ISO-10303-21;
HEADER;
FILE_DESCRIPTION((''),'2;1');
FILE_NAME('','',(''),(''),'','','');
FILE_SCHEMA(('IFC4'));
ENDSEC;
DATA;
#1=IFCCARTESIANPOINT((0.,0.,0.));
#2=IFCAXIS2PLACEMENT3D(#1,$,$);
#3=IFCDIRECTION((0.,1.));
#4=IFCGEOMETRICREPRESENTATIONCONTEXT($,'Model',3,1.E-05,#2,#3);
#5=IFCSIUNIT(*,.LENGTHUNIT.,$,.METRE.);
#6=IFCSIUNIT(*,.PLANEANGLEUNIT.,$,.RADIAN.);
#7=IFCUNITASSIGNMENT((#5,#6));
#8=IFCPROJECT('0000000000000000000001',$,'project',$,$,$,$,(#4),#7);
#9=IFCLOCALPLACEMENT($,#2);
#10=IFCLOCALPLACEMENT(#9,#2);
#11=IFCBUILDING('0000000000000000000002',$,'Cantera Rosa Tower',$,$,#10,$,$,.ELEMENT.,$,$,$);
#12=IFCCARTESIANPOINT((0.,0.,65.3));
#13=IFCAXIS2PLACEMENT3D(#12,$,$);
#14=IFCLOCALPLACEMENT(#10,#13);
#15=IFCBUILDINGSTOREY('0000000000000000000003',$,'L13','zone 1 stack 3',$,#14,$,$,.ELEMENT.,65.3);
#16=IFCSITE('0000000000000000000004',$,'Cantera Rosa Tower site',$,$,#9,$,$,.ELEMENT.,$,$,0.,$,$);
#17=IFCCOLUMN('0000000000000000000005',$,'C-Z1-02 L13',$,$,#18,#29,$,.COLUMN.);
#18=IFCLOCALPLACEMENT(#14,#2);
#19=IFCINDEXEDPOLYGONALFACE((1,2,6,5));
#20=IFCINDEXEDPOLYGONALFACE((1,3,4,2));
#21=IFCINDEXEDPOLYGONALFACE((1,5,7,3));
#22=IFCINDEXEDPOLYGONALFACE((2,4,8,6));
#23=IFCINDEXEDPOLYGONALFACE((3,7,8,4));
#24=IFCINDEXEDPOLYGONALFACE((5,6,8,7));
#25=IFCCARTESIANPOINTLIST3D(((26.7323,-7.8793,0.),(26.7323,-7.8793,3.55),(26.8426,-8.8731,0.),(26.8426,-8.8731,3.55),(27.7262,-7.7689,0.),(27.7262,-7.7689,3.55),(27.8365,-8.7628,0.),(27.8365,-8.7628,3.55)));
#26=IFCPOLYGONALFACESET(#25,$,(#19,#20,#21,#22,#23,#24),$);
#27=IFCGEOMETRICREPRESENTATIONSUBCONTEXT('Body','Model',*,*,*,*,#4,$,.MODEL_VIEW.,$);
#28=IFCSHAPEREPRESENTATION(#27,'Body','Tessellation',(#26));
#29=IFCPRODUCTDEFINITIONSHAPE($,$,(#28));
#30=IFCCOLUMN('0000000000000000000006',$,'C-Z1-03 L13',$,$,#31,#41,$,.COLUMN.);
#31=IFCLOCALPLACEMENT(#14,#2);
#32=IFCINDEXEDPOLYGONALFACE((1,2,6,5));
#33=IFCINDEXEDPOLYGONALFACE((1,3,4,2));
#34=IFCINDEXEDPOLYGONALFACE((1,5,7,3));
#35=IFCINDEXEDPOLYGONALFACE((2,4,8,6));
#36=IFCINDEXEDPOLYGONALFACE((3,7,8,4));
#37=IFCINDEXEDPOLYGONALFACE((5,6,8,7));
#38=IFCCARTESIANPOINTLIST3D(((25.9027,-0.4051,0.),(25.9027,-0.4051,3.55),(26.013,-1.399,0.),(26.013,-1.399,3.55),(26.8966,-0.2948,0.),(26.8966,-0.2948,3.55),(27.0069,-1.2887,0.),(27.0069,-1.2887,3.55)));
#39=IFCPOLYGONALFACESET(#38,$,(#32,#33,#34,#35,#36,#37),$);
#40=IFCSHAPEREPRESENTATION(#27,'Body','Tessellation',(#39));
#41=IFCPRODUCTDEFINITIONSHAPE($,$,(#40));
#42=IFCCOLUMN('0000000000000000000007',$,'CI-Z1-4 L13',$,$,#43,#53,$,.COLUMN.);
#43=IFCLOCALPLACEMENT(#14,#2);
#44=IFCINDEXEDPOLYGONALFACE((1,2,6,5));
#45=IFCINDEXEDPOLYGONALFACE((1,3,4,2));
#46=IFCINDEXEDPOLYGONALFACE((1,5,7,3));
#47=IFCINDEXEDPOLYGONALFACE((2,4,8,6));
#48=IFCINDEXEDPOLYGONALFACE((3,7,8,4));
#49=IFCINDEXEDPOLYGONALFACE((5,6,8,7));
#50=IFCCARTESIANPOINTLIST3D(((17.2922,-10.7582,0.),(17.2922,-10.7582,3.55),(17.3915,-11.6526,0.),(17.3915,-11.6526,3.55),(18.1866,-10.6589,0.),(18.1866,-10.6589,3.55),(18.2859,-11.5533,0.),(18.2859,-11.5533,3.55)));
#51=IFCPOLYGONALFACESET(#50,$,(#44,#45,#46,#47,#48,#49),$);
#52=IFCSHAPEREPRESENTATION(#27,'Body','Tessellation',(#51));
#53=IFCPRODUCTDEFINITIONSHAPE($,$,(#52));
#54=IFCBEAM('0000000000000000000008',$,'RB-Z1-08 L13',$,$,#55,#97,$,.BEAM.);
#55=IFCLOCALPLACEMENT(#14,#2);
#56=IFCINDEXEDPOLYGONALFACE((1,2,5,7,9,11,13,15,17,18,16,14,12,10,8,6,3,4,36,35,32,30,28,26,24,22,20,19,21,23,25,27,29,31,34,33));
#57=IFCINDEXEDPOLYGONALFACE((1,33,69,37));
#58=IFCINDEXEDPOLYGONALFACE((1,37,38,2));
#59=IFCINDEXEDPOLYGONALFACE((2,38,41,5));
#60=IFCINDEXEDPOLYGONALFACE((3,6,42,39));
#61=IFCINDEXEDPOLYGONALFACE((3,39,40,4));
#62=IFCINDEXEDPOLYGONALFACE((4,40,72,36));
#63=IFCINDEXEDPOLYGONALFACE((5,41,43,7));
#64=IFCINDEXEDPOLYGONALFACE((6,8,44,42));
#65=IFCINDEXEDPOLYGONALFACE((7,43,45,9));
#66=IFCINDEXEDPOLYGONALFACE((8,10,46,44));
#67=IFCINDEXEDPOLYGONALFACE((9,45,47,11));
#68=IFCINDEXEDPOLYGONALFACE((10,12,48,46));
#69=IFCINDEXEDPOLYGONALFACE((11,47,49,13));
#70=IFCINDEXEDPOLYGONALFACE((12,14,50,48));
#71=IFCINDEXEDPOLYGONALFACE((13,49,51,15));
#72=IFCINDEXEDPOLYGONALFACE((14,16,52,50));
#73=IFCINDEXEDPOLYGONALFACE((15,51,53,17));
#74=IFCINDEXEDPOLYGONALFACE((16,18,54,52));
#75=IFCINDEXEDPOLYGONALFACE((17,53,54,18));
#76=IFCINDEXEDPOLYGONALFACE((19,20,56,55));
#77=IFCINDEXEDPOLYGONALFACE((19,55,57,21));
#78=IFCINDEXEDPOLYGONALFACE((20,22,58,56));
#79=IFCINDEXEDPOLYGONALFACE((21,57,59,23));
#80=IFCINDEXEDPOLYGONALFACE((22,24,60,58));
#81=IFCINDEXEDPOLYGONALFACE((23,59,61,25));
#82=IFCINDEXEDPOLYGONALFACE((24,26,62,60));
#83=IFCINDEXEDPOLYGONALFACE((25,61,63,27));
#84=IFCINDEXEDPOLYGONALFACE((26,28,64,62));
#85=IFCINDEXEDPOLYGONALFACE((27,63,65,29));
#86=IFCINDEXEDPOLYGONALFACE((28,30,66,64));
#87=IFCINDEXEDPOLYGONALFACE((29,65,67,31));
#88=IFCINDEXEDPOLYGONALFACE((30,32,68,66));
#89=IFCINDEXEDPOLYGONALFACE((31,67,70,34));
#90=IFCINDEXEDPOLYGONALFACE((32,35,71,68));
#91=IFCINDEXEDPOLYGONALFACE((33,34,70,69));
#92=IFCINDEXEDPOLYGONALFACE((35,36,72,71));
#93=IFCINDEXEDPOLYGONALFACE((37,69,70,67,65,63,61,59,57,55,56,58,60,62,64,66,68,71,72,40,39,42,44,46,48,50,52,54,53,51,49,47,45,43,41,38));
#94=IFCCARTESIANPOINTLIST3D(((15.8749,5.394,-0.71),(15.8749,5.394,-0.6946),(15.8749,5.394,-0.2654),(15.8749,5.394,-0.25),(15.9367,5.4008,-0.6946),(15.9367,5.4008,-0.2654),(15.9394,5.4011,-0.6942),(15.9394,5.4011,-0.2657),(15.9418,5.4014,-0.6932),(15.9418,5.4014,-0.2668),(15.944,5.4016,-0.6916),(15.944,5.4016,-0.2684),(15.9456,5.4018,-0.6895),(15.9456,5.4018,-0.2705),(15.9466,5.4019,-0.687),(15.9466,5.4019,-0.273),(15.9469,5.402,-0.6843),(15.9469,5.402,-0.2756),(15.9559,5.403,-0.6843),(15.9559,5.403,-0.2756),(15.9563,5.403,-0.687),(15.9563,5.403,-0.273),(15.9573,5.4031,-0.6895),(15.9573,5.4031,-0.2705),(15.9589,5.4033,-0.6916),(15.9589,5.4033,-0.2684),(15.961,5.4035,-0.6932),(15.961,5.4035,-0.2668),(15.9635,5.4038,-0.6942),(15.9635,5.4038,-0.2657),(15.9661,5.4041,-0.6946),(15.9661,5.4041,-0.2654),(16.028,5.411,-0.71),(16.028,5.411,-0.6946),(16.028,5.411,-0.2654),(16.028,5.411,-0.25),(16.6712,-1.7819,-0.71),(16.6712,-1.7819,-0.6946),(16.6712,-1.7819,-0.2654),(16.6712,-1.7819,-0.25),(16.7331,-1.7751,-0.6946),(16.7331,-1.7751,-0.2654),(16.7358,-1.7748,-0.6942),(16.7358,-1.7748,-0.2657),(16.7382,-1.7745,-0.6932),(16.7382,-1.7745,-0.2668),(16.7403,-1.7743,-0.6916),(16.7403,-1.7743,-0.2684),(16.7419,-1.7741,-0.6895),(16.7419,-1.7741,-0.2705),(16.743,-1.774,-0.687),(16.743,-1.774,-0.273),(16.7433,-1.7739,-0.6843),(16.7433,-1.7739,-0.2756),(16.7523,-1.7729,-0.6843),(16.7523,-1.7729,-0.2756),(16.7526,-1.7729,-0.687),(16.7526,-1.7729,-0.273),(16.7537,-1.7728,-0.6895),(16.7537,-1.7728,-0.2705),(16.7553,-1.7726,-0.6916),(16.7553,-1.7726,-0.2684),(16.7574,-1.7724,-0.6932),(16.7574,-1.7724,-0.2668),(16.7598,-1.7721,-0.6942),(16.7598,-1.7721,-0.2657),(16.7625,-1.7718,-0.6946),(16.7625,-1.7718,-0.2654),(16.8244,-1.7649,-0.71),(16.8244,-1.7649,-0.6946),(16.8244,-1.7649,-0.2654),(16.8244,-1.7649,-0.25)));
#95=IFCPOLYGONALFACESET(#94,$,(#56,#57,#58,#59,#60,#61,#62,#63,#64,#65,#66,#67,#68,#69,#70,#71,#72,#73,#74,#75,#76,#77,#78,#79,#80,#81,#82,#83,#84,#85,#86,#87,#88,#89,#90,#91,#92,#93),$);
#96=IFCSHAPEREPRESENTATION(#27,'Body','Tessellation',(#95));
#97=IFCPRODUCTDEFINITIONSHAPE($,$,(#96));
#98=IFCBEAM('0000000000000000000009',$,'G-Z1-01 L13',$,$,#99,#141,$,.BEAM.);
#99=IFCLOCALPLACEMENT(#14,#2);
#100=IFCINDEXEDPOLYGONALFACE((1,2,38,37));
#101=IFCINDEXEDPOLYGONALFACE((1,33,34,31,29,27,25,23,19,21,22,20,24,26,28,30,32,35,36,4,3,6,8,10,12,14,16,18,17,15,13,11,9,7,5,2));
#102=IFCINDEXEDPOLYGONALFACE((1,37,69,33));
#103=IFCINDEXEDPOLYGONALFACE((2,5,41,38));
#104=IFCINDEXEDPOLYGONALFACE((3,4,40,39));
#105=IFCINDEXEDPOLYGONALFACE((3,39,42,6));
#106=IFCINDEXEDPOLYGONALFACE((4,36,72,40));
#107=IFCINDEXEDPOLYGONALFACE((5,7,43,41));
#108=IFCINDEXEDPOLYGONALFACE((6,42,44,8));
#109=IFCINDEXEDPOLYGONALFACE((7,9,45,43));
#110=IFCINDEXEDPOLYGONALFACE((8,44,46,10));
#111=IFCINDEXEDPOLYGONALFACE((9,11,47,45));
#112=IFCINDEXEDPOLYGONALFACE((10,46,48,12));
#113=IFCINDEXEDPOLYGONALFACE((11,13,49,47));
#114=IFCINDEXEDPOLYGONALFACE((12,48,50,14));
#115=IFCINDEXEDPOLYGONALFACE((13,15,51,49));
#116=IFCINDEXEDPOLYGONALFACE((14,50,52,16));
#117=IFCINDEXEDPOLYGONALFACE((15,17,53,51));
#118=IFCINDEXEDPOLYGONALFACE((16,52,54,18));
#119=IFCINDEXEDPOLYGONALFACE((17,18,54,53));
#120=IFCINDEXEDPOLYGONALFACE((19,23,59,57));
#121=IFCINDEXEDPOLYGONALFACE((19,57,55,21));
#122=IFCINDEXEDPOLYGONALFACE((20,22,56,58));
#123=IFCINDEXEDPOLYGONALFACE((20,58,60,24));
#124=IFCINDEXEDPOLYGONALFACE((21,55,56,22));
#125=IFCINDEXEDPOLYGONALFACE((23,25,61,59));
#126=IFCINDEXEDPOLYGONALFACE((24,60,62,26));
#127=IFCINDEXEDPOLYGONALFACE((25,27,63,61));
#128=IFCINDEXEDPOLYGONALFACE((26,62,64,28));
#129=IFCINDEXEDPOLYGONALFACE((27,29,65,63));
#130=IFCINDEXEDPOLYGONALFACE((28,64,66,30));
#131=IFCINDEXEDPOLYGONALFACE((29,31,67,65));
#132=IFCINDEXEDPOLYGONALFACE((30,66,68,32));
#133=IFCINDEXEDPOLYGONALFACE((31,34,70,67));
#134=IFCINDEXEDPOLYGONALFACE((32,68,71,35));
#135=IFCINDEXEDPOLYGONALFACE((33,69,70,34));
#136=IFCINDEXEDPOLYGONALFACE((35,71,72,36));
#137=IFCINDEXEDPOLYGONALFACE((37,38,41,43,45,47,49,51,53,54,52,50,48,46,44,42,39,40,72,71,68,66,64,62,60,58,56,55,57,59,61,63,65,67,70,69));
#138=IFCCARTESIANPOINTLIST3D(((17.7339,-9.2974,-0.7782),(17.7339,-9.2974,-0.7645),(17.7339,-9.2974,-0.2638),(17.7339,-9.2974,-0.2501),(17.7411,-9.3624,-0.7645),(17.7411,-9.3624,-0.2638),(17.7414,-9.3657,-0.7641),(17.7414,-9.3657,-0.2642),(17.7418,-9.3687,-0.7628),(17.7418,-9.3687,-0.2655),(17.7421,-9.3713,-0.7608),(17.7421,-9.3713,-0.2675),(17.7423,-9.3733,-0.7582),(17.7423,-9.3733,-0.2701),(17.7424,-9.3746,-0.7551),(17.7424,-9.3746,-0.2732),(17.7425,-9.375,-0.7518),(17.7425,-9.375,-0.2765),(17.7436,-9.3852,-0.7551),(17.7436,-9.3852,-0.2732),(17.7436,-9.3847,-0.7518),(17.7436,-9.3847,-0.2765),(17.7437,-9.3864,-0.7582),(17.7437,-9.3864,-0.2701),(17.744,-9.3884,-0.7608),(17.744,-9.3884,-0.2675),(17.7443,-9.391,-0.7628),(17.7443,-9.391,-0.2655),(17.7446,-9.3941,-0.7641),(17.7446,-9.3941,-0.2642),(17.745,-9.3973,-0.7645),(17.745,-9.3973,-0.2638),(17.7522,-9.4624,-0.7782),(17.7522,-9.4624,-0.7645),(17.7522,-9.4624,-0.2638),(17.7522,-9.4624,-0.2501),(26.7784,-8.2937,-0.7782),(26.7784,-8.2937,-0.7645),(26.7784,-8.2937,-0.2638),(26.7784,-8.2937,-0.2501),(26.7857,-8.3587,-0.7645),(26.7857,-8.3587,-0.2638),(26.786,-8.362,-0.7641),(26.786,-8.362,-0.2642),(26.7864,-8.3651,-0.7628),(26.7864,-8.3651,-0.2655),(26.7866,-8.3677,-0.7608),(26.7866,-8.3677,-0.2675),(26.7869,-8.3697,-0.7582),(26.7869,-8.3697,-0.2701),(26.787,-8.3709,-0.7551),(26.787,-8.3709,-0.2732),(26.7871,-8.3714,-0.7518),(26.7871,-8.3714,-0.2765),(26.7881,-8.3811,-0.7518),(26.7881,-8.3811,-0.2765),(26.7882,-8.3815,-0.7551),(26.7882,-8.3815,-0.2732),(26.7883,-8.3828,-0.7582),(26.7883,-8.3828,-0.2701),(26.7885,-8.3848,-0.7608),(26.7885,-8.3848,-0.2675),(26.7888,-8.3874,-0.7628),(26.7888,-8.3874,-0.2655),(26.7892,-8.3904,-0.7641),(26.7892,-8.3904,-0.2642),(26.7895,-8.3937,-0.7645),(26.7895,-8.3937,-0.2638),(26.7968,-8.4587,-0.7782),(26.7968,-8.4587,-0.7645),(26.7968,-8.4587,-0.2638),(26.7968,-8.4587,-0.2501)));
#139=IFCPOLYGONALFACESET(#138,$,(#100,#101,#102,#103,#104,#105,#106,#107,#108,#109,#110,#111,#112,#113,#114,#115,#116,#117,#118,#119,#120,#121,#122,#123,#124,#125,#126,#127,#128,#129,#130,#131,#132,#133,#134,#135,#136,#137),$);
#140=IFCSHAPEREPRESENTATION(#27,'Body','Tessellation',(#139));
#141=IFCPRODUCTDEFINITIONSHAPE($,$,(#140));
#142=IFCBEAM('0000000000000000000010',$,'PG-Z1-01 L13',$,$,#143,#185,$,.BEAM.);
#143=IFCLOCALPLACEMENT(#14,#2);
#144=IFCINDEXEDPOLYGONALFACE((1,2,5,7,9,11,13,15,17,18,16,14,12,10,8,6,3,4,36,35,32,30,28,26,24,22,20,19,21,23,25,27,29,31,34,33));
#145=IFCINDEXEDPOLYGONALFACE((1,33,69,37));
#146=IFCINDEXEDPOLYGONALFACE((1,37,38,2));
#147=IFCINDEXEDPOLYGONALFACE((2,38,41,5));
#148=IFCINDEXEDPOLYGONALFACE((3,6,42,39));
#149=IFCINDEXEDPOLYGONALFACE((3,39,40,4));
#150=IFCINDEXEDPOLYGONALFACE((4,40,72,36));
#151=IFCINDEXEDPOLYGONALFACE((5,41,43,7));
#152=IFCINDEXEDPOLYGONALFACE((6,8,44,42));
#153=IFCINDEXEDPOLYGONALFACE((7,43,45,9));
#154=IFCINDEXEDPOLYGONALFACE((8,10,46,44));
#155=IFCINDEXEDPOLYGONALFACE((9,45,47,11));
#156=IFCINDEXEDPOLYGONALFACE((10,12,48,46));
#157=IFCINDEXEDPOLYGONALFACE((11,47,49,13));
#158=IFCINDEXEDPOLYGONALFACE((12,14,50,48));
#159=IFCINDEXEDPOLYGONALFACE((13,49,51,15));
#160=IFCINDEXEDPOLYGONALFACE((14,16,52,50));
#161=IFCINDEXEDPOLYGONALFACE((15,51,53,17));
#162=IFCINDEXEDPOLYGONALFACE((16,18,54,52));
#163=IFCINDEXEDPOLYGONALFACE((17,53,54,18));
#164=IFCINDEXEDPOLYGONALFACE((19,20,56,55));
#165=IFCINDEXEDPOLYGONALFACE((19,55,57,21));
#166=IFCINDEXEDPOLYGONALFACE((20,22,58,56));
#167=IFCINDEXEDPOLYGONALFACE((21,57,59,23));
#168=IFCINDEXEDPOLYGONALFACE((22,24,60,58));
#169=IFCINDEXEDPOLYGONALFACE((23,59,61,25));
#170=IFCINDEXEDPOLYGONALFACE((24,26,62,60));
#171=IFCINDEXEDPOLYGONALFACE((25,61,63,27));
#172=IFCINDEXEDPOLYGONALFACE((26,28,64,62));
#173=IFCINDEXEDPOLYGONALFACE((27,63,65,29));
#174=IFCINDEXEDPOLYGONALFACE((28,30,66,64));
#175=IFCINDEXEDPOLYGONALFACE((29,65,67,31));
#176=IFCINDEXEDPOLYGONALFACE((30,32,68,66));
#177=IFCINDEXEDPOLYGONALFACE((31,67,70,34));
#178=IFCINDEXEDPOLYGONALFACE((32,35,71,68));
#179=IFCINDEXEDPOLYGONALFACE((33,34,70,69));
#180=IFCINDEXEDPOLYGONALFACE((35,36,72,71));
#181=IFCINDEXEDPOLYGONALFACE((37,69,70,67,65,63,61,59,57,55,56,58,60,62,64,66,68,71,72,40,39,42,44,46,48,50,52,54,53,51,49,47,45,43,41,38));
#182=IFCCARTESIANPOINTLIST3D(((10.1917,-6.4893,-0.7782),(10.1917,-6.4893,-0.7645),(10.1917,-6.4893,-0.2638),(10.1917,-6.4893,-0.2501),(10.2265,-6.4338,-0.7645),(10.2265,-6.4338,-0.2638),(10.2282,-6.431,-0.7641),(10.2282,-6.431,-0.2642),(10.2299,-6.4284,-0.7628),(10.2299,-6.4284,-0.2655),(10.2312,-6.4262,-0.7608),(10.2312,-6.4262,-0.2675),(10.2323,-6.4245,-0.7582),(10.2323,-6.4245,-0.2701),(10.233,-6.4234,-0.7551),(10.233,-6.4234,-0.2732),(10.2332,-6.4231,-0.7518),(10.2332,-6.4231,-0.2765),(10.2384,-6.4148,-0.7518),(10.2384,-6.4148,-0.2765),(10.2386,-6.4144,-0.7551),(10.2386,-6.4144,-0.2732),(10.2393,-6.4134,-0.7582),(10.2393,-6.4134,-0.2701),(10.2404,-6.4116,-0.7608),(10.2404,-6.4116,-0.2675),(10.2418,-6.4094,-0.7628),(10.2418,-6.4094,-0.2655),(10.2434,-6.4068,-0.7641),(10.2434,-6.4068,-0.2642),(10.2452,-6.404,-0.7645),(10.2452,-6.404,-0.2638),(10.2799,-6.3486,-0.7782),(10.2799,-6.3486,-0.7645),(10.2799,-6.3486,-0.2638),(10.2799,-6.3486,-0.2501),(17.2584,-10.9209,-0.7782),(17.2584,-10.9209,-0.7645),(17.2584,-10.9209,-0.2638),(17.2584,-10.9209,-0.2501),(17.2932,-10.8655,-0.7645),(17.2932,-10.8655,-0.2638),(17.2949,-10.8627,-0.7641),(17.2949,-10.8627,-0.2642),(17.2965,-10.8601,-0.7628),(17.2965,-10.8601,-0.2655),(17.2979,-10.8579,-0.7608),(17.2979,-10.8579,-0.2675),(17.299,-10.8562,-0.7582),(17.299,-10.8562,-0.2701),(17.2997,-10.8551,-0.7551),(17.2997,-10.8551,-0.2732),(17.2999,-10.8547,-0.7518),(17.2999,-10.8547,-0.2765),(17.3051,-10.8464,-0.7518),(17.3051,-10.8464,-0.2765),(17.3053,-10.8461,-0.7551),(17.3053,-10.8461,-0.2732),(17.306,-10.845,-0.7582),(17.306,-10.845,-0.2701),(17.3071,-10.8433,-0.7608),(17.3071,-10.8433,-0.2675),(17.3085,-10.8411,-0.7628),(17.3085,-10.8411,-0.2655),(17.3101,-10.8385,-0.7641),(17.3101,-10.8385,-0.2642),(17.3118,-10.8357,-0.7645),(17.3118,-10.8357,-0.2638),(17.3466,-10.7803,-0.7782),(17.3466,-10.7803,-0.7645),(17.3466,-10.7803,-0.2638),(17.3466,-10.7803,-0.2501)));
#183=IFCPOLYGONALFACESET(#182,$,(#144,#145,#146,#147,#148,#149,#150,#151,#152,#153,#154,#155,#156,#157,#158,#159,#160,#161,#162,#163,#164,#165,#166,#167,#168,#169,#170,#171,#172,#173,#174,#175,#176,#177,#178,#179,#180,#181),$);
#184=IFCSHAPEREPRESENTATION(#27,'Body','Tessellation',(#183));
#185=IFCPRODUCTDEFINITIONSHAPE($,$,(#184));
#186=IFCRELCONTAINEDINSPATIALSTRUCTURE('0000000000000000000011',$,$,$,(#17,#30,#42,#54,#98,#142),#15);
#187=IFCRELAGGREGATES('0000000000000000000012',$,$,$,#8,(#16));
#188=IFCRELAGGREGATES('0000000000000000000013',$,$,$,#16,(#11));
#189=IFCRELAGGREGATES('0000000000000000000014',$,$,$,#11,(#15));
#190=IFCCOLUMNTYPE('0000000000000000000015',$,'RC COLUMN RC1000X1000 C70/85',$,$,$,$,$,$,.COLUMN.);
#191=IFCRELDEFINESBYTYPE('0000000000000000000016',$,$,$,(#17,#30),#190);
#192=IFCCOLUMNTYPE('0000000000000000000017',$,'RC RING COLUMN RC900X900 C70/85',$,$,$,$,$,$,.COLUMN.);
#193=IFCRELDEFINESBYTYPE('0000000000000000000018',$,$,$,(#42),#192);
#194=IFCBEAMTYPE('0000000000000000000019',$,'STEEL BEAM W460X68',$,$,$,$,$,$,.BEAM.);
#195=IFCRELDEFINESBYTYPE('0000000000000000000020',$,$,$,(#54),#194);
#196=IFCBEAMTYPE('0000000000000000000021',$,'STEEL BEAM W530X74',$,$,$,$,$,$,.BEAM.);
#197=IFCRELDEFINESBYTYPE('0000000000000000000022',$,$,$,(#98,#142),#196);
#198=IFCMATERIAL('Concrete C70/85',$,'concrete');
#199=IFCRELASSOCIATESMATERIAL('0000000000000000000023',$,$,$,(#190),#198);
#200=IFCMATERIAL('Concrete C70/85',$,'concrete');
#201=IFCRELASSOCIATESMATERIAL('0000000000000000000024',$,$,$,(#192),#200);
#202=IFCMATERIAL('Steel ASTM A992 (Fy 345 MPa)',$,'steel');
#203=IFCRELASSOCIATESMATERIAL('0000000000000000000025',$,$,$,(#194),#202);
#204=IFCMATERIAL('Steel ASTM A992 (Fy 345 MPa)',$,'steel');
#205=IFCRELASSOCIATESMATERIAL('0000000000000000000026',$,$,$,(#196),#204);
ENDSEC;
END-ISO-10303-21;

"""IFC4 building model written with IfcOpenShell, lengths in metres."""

from ifc_helpers import new_model, si_unit, direction, frame, origin, origin_2d, place, context, subcontext, project, spatial, rectangle, i_section, extrude, material, material_profile, profile_set, type_object, element, save


model = new_model("IFC4")

# Units and contexts
model_context = context("Model", 3, precision=1e-05, world=origin(), true_north=direction((0.0, 1.0)))
body_context = subcontext(model_context, "Body", "Model", "MODEL_VIEW")
ifc_project = project(units=[si_unit("LENGTHUNIT", "METRE"), si_unit("PLANEANGLEUNIT", "RADIAN")], contexts=[model_context])

# Site, building, storey
site_placement = place(None, origin())
site = spatial("IfcSite", under=ifc_project, at=site_placement, Name="Cantera Rosa Tower site", CompositionType="ELEMENT", RefElevation=0.0)
building_placement = place(site_placement, origin())
building = spatial("IfcBuilding", under=site, at=building_placement, Name="Cantera Rosa Tower", CompositionType="ELEMENT")
storey_placement = place(building_placement, frame((0.0, 0.0, 65.3)))
storey = spatial("IfcBuildingStorey", under=building, at=storey_placement, Name="L13", Description="zone 1 stack 3", CompositionType="ELEMENT", Elevation=65.3)

# Columns
ifc_material_1 = material(Name="Concrete C70/85", Category="concrete")
ifc_material_profile_1 = material_profile(ifc_material_1, rectangle(XDim=1.0, YDim=1.0, at=origin_2d()), Name="RC COLUMN RC1000X1000 C70/85")
ifc_profile_set_1 = profile_set([ifc_material_profile_1], Name="Concrete C70/85")
column_type_1 = type_object("IfcColumnType", Name="RC COLUMN RC1000X1000 C70/85", PredefinedType="COLUMN", material=ifc_profile_set_1)
for number, where, z_axis, x_axis, name in (
    (1, (27.2844, -8.321, 0.0), (0.0, 0.0, 1.0), (0.993897, 0.110313, 0.0), "C-Z1-02 L13"),
    (2, (26.4548, -0.8469, 0.0), (0.0, 0.0, 1.0), (0.993897, 0.110313, 0.0), "C-Z1-03 L13"),
):
    element("IfcColumn", number, at=place(storey_placement, frame(where, z_axis=z_axis, x_axis=x_axis)), inside=storey, type_object=column_type_1, Name=name, PredefinedType="COLUMN", context=body_context, shape_type="SweptSolid", body=[
        extrude(rectangle(XDim=1.0, YDim=1.0, at=origin_2d()), origin(), (0.0, 0.0, 1.0), 3.55),
    ])
ifc_material_2 = material(Name="Concrete C70/85", Category="concrete")
ifc_material_profile_2 = material_profile(ifc_material_2, rectangle(XDim=0.8999, YDim=0.8999, at=origin_2d()), Name="RC RING COLUMN RC900X900 C70/85")
ifc_profile_set_2 = profile_set([ifc_material_profile_2], Name="Concrete C70/85")
column_type_2 = type_object("IfcColumnType", Name="RC RING COLUMN RC900X900 C70/85", PredefinedType="COLUMN", material=ifc_profile_set_2)
column_placement = place(storey_placement, frame((17.7891, -11.1558, 0.0), z_axis=(0.0, 0.0, 1.0), x_axis=(0.993897, 0.110313, 0.0)))
element("IfcColumn", 3, at=column_placement, inside=storey, type_object=column_type_2, Name="CI-Z1-4 L13", PredefinedType="COLUMN", context=body_context, shape_type="SweptSolid", body=[
    extrude(rectangle(XDim=0.8999, YDim=0.8999, at=origin_2d()), origin(), (0.0, 0.0, 1.0), 3.55),
])

# Beams
ifc_material_3 = material(Name="Steel ASTM A992 (Fy 345 MPa)", Category="steel")
ifc_material_profile_3 = material_profile(ifc_material_3, i_section(OverallWidth=0.1541, OverallDepth=0.46, WebThickness=0.009, FlangeThickness=0.0154, FilletRadius=0.0103, at=origin_2d()), Name="W460X68")
ifc_profile_set_3 = profile_set([ifc_material_profile_3], Name="Steel ASTM A992 (Fy 345 MPa)")
beam_type_1 = type_object("IfcBeamType", Name="STEEL BEAM W460X68", PredefinedType="BEAM", material=ifc_profile_set_3)
beam_1_placement = place(storey_placement, frame((16.7478, -1.7734, -0.48), z_axis=(-0.110302, 0.993898, 0.0), x_axis=(-0.993898, -0.110302, 0.0)))
element("IfcBeam", 4, at=beam_1_placement, inside=storey, type_object=beam_type_1, Name="RB-Z1-08 L13", PredefinedType="BEAM", context=body_context, shape_type="SweptSolid", body=[
    extrude(i_section(OverallWidth=0.1541, OverallDepth=0.46, WebThickness=0.009, FlangeThickness=0.0154, FilletRadius=0.0103, at=origin_2d()), origin(), (0.0, 0.0, 1.0), 7.22),
])
ifc_material_4 = material(Name="Steel ASTM A992 (Fy 345 MPa)", Category="steel")
ifc_material_profile_4 = material_profile(ifc_material_4, i_section(OverallWidth=0.166, OverallDepth=0.5281, WebThickness=0.0098, FlangeThickness=0.0137, FilletRadius=0.0127, at=origin_2d()), Name="W530X74")
ifc_profile_set_4 = profile_set([ifc_material_profile_4], Name="Steel ASTM A992 (Fy 345 MPa)")
beam_type_2 = type_object("IfcBeamType", Name="STEEL BEAM W530X74", PredefinedType="BEAM", material=ifc_profile_set_4)
beam_2_placement = place(storey_placement, frame((26.7876, -8.3762, -0.5142), z_axis=(-0.993899, -0.11029, 0.0), x_axis=(0.11029, -0.993899, 0.0)))
element("IfcBeam", 5, at=beam_2_placement, inside=storey, type_object=beam_type_2, Name="G-Z1-01 L13", PredefinedType="BEAM", context=body_context, shape_type="SweptSolid", body=[
    extrude(i_section(OverallWidth=0.166, OverallDepth=0.5281, WebThickness=0.0098, FlangeThickness=0.0137, FilletRadius=0.0127, at=origin_2d()), origin(), (0.0, 0.0, 1.0), 9.1001),
])
beam_3_placement = place(storey_placement, frame((17.3025, -10.8506, -0.5142), z_axis=(-0.84719, 0.53129, 0.0), x_axis=(-0.53129, -0.84719, 0.0)))
element("IfcBeam", 6, at=beam_3_placement, inside=storey, type_object=beam_type_2, Name="PG-Z1-01 L13", PredefinedType="BEAM", context=body_context, shape_type="SweptSolid", body=[
    extrude(i_section(OverallWidth=0.166, OverallDepth=0.5281, WebThickness=0.0098, FlangeThickness=0.0137, FilletRadius=0.0127, at=origin_2d()), origin(), (0.0, 0.0, 1.0), 8.3413),
])

save(model, "model.ifc")
